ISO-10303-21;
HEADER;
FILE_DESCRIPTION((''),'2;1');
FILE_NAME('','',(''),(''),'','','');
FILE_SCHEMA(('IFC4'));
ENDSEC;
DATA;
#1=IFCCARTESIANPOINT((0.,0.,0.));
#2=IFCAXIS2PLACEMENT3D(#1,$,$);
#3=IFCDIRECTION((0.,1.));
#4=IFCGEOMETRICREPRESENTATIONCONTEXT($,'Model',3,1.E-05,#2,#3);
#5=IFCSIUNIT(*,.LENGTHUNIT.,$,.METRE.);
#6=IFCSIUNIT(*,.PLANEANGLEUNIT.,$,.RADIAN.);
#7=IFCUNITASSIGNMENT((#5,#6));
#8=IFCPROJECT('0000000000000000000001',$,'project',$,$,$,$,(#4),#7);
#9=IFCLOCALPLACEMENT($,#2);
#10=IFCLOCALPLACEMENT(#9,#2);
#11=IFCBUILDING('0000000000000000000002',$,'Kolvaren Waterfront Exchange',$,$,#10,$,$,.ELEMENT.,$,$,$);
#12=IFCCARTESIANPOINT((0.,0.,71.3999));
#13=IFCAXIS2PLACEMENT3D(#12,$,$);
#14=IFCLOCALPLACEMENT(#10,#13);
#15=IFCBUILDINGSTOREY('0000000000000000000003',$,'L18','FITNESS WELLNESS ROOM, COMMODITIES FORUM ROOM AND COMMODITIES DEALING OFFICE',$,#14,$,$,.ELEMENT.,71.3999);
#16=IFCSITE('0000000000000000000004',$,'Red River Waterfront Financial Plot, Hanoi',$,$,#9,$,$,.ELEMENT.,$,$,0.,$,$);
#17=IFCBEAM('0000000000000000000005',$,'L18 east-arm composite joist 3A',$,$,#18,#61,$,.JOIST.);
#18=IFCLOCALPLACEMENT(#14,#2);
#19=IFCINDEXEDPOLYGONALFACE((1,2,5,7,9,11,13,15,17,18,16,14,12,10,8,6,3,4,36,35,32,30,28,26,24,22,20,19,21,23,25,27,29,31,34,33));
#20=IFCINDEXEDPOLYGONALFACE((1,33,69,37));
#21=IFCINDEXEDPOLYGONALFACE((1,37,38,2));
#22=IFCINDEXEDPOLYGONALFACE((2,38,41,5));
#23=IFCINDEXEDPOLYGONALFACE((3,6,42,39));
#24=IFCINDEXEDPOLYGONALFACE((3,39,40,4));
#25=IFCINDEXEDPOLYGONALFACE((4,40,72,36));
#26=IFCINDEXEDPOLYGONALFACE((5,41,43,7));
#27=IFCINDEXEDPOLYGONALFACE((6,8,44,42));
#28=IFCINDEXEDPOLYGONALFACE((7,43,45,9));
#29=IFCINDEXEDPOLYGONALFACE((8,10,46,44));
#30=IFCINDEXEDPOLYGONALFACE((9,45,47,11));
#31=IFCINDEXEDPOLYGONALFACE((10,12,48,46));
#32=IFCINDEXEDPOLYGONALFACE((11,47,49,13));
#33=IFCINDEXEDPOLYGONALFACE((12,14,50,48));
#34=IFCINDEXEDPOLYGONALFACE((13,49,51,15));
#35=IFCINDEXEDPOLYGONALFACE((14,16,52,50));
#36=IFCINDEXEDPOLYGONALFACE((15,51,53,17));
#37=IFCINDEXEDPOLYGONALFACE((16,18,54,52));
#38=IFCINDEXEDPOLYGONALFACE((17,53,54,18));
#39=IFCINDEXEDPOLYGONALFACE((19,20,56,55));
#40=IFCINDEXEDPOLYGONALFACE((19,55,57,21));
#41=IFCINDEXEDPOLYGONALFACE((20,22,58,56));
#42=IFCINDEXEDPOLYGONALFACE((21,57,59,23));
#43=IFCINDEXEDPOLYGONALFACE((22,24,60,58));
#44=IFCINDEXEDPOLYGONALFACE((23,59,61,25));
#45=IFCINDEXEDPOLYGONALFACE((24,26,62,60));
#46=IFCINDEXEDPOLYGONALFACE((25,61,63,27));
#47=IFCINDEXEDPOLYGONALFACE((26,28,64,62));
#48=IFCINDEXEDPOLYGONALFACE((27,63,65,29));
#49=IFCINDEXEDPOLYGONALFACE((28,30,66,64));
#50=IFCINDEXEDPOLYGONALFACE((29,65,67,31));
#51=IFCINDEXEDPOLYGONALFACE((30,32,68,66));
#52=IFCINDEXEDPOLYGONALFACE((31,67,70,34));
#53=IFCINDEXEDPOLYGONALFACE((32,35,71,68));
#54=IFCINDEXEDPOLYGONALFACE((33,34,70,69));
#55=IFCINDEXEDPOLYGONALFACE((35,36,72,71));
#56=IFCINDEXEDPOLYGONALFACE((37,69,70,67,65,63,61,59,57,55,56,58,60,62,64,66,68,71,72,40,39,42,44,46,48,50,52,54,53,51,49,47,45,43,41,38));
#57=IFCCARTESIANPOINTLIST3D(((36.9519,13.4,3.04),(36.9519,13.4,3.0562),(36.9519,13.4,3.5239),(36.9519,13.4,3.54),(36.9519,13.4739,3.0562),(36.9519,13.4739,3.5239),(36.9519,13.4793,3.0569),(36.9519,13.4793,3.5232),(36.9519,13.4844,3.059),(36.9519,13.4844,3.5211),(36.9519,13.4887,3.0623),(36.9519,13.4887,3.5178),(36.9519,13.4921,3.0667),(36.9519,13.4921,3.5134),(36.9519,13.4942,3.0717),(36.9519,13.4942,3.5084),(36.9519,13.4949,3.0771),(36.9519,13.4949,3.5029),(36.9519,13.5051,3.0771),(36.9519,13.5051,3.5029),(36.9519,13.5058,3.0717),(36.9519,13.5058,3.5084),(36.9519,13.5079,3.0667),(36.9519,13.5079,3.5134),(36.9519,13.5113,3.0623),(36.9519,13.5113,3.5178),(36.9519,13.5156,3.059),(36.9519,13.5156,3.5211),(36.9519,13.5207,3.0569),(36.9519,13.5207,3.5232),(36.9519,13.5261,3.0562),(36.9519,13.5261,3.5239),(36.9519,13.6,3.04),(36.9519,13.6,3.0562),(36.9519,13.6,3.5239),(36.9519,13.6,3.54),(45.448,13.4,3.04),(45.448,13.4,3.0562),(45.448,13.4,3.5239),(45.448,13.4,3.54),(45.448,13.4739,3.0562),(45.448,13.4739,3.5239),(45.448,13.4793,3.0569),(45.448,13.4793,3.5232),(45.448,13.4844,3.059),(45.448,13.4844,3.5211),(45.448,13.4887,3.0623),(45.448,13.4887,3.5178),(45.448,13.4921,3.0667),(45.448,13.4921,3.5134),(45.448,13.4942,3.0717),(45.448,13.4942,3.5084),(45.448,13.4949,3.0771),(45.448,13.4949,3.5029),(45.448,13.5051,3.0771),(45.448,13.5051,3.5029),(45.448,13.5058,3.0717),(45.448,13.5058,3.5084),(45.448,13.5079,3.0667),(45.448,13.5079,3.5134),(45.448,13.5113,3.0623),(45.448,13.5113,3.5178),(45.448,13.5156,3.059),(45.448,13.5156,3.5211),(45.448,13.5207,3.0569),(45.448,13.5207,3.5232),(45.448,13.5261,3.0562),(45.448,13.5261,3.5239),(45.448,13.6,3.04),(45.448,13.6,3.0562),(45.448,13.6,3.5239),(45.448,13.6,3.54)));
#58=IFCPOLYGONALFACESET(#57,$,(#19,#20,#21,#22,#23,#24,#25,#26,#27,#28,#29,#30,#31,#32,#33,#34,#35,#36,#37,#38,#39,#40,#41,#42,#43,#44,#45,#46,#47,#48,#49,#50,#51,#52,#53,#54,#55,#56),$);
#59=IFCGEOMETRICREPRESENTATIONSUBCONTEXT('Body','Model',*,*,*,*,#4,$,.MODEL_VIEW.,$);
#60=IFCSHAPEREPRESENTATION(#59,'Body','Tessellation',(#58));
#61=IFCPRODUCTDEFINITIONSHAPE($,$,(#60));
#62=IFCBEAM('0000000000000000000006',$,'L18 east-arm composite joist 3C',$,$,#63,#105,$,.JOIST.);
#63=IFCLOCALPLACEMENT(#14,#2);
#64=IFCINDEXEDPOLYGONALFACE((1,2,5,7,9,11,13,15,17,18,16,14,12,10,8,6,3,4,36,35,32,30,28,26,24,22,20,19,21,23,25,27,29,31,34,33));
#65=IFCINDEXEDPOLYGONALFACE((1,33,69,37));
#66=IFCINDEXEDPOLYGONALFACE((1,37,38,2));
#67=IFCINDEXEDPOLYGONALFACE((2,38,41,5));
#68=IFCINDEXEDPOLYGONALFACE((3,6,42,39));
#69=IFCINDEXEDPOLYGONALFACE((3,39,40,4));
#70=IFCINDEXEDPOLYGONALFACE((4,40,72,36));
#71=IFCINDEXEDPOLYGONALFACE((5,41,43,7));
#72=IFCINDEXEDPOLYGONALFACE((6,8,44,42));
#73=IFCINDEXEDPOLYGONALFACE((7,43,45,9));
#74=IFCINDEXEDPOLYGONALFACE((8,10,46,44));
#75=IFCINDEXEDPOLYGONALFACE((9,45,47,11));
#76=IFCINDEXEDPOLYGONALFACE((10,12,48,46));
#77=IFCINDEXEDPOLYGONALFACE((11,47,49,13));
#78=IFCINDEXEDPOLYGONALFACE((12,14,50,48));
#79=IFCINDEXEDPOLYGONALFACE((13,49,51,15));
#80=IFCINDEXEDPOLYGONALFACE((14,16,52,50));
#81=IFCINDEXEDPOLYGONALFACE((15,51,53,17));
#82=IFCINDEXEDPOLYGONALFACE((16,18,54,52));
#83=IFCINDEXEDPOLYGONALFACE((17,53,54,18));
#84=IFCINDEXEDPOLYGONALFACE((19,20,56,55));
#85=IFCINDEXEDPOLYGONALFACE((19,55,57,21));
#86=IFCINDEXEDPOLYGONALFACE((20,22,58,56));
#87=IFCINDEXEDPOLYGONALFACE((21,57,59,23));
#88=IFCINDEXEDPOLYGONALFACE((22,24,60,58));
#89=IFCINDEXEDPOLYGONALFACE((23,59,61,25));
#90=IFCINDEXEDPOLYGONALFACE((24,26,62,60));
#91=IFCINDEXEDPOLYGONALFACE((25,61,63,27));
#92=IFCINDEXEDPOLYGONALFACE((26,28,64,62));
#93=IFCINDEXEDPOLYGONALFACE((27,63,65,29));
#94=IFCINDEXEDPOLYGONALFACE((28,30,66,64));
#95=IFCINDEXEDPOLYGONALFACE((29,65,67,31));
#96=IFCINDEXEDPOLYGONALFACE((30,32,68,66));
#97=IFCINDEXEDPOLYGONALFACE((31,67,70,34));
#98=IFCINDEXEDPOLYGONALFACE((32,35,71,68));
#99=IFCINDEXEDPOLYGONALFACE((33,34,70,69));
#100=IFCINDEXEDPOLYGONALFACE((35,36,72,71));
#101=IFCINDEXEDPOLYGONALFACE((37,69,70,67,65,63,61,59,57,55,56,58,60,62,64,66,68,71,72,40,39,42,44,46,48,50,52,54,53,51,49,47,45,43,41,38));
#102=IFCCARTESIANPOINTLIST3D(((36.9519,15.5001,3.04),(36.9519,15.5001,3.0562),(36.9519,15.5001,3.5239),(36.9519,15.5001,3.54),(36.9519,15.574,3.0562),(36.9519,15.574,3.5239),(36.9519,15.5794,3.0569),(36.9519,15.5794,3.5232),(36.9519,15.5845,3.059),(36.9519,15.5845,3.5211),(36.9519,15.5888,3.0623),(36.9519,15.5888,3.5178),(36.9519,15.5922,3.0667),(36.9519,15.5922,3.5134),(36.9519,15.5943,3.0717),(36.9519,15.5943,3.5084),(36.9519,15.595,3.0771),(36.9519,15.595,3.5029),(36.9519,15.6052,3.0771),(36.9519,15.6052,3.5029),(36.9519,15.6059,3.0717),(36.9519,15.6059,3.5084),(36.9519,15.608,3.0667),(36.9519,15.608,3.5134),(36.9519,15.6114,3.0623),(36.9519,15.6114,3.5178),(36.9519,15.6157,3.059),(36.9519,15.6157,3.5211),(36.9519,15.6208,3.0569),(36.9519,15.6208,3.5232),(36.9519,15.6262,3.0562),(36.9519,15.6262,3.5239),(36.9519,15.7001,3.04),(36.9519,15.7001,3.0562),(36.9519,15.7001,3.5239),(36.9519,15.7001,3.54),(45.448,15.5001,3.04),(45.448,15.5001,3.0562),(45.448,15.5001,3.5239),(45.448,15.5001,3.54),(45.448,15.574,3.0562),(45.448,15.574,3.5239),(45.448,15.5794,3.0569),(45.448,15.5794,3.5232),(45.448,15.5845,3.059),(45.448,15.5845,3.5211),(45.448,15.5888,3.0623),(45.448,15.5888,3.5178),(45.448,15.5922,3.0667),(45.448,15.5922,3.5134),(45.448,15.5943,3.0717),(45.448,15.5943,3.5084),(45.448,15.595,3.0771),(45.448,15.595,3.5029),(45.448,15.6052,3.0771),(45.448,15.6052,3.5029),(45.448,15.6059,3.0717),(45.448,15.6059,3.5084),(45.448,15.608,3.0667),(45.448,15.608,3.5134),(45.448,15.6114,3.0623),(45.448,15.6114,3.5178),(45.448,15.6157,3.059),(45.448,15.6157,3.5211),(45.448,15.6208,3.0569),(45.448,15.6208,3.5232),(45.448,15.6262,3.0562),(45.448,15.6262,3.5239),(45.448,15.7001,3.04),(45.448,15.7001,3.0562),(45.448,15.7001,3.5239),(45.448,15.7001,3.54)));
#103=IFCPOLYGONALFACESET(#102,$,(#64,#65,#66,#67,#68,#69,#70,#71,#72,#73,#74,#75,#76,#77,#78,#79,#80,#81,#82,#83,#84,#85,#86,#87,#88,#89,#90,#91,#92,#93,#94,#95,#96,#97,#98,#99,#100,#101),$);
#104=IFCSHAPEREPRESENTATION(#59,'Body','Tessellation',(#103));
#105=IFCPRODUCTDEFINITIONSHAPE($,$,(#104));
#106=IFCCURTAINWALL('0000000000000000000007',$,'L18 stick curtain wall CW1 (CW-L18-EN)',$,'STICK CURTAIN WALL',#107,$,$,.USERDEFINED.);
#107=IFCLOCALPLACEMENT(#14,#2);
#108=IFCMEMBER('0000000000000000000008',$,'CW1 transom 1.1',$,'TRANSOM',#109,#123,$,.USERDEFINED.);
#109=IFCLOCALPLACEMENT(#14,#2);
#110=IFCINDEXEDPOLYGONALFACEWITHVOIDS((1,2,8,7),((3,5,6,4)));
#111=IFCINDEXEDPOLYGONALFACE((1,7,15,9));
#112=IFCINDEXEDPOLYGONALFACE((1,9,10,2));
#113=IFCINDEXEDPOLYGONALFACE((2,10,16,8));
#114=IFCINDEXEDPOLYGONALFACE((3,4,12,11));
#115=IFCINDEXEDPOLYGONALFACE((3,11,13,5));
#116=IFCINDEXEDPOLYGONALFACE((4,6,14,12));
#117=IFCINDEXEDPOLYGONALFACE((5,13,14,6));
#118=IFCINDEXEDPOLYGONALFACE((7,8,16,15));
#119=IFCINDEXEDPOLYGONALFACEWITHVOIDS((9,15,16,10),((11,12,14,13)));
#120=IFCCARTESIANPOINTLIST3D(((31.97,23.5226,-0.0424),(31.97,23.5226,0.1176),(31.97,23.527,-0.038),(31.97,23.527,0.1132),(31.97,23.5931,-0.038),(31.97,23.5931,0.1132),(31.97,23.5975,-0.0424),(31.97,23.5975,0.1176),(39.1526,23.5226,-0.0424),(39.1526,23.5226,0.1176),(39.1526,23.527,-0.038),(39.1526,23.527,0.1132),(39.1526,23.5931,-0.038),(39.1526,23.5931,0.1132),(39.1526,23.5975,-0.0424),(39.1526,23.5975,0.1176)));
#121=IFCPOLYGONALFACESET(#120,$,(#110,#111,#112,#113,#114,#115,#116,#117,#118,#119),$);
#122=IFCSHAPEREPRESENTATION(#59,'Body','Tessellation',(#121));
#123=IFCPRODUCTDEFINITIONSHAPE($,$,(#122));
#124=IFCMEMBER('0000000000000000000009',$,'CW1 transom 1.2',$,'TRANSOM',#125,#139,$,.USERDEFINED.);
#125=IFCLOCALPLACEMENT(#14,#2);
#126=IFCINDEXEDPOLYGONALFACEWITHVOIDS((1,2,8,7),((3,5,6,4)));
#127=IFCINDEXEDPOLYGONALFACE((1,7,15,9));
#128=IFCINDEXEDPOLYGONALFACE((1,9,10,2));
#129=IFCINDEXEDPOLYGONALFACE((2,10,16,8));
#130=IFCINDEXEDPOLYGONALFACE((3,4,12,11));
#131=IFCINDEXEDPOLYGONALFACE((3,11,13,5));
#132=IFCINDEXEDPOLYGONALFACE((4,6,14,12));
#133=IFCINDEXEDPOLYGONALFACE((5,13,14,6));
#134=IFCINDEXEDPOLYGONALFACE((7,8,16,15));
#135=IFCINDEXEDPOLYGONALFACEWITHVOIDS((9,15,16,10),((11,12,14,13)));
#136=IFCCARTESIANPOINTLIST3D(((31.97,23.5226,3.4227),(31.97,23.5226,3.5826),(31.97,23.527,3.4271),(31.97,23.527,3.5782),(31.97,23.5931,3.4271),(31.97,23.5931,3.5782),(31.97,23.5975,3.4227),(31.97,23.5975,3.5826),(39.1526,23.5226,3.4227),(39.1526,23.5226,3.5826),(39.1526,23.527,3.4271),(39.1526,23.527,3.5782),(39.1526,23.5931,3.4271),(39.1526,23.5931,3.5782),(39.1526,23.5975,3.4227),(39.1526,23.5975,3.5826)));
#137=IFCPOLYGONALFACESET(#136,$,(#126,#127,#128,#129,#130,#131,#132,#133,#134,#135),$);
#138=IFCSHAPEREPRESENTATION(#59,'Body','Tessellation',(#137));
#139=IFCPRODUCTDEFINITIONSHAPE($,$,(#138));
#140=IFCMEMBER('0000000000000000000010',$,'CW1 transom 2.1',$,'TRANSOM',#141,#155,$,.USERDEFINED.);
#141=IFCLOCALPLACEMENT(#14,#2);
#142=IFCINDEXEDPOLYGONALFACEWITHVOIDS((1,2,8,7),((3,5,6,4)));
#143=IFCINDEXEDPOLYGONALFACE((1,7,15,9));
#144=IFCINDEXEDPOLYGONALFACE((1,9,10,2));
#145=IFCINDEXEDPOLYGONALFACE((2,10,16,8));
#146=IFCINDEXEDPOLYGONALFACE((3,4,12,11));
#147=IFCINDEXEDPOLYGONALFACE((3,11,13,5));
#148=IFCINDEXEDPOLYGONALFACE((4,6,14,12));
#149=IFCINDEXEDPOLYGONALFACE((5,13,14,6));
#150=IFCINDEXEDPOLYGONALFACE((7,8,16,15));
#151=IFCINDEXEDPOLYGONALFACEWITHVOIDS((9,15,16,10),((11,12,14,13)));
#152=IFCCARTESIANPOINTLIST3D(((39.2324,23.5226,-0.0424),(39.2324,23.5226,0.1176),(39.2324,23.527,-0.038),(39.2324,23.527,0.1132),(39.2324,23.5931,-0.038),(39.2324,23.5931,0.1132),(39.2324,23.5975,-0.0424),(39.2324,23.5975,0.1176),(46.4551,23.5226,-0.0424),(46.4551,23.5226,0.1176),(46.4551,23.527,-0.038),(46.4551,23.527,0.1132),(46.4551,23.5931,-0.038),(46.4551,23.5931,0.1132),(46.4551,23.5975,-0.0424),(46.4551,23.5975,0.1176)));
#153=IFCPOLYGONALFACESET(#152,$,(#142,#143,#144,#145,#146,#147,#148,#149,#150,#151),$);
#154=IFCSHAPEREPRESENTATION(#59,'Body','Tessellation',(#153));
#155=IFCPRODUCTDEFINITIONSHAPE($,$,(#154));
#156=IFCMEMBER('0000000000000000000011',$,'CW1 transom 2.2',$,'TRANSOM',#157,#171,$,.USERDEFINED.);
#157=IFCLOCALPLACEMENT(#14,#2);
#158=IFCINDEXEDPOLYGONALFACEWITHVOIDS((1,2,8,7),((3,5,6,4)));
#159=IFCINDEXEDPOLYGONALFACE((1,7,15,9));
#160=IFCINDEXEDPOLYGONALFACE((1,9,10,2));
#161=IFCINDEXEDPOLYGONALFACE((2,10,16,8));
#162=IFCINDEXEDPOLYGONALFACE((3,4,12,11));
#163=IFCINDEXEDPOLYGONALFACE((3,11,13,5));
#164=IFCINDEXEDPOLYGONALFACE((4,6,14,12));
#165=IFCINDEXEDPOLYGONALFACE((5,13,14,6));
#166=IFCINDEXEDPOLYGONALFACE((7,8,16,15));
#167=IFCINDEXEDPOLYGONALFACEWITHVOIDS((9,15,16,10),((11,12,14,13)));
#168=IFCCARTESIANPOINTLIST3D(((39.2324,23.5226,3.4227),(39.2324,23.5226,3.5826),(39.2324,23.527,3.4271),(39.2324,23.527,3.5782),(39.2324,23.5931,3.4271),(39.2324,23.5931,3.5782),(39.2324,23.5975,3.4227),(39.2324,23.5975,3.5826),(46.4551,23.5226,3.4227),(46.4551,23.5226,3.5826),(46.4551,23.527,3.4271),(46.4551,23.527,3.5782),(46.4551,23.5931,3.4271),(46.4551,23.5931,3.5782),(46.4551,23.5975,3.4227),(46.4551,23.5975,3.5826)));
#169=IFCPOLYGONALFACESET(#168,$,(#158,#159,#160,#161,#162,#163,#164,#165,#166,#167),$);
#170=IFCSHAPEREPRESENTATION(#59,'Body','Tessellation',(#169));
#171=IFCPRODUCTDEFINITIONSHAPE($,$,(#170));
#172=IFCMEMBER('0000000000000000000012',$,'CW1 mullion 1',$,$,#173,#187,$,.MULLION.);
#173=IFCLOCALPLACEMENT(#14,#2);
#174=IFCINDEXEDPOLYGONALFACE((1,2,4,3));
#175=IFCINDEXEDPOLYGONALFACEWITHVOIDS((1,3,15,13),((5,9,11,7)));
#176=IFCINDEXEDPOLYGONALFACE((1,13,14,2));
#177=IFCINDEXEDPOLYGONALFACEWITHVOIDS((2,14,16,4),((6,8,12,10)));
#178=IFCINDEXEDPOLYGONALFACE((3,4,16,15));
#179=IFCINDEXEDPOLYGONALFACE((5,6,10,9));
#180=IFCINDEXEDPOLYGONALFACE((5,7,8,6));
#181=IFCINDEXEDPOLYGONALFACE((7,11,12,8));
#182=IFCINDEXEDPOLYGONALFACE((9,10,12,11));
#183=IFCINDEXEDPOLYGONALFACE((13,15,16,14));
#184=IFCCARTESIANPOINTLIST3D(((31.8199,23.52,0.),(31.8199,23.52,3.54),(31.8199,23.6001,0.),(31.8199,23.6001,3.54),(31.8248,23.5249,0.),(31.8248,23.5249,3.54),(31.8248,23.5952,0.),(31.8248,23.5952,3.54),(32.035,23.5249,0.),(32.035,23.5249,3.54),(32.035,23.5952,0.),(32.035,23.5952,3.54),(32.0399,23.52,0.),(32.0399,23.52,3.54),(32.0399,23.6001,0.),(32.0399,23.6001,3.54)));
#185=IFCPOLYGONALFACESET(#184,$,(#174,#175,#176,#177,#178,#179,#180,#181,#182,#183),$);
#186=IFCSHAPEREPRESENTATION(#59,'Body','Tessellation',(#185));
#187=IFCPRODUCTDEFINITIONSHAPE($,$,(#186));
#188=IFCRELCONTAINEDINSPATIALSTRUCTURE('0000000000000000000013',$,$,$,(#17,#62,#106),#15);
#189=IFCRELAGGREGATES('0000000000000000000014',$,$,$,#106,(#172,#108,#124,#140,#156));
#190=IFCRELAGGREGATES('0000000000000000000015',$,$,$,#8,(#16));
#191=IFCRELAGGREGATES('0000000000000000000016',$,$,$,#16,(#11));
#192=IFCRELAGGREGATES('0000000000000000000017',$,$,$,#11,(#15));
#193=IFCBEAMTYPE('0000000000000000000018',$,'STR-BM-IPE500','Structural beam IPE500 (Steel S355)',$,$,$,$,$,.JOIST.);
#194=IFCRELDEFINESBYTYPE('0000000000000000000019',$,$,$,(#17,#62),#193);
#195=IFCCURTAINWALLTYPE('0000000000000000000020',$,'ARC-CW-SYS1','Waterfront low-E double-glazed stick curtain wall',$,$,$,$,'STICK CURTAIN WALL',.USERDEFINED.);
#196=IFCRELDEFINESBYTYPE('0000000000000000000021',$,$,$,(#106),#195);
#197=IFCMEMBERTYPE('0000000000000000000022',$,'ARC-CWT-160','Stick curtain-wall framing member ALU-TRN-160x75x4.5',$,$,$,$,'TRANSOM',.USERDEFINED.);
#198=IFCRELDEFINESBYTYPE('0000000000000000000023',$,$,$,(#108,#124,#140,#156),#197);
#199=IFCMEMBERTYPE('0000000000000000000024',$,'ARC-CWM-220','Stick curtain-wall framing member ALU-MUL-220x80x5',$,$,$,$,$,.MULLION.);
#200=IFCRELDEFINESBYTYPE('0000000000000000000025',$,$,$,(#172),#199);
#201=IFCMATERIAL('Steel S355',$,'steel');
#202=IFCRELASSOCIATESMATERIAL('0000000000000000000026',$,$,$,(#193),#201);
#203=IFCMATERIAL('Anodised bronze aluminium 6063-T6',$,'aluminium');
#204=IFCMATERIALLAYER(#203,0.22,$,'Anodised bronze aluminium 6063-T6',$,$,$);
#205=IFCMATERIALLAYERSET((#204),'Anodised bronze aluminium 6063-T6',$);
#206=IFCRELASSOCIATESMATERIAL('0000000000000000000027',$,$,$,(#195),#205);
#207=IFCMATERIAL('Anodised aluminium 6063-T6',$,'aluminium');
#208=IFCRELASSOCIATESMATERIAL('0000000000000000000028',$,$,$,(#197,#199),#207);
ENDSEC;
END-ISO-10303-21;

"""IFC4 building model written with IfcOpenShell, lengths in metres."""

from ifc_helpers import new_model, si_unit, direction, frame, origin, origin_with_axes, origin_2d, place, context, subcontext, project, spatial, hollow_rectangle, i_section, extrude, source, transform, mapped, material, layer, layer_set, material_profile, profile_set, type_object, element, aggregate, save


model = new_model("IFC4")

# Units and contexts
model_context = context("Model", 3, precision=1e-05, world=origin(), true_north=direction((0.0, 1.0)))
body_context = subcontext(model_context, "Body", "Model", "MODEL_VIEW")
ifc_project = project(units=[si_unit("LENGTHUNIT", "METRE"), si_unit("PLANEANGLEUNIT", "RADIAN")], contexts=[model_context])

# Site, building, storey
site_placement = place(None, origin())
site = spatial("IfcSite", under=ifc_project, at=site_placement, Name="Red River Waterfront Financial Plot, Hanoi", CompositionType="ELEMENT", RefElevation=0.0)
building_placement = place(site_placement, origin())
building = spatial("IfcBuilding", under=site, at=building_placement, Name="Kolvaren Waterfront Exchange", CompositionType="ELEMENT")
storey_placement = place(building_placement, frame((0.0, 0.0, 71.3999)))
storey = spatial("IfcBuildingStorey", under=building, at=storey_placement, Name="L18", Description="FITNESS WELLNESS ROOM, COMMODITIES FORUM ROOM AND COMMODITIES DEALING OFFICE", CompositionType="ELEMENT", Elevation=71.3999)

# Beams
ifc_material_1 = material(Name="Steel S355", Category="steel")
ifc_material_profile_1 = material_profile(ifc_material_1, i_section(OverallWidth=0.2, OverallDepth=0.5, WebThickness=0.0103, FlangeThickness=0.0161, FilletRadius=0.021, at=origin_2d()), Name="IPE500")
ifc_profile_set_1 = profile_set([ifc_material_profile_1], Name="Steel S355")
beam_type_1 = type_object("IfcBeamType", Name="STR-BM-IPE500", Description="Structural beam IPE500 (Steel S355)", PredefinedType="JOIST", material=ifc_profile_set_1)
for number, where, z_axis, x_axis, name in (
    (1, (36.9519, 13.5, 3.29), (1.0, 0.0, 0.0), (0.0, 1.0, 0.0), "L18 east-arm composite joist 3A"),
    (2, (36.9519, 15.6001, 3.29), (1.0, 0.0, 0.0), (0.0, 1.0, 0.0), "L18 east-arm composite joist 3C"),
):
    element("IfcBeam", number, at=place(storey_placement, frame(where, z_axis=z_axis, x_axis=x_axis)), inside=storey, type_object=beam_type_1, Name=name, PredefinedType="JOIST", context=body_context, shape_type="SweptSolid", body=[
        extrude(i_section(OverallWidth=0.2, OverallDepth=0.5, WebThickness=0.0103, FlangeThickness=0.0161, FilletRadius=0.021, at=origin_2d()), origin(), (0.0, 0.0, 1.0), 8.4961),
    ])

# Curtain wall, members
ifc_material_2 = material(Name="Anodised bronze aluminium 6063-T6", Category="aluminium")
ifc_layer_1 = layer(ifc_material_2, 0.22, Name="Anodised bronze aluminium 6063-T6")
ifc_layer_set_1 = layer_set([ifc_layer_1], Name="Anodised bronze aluminium 6063-T6")
curtain_wall_type = type_object("IfcCurtainWallType", Name="ARC-CW-SYS1", Description="Waterfront low-E double-glazed stick curtain wall", ElementType="STICK CURTAIN WALL", PredefinedType="USERDEFINED", material=ifc_layer_set_1)
curtain_wall_placement = place(storey_placement, origin())
curtain_wall = element("IfcCurtainWall", 3, at=curtain_wall_placement, inside=storey, type_object=curtain_wall_type, Name="L18 stick curtain wall CW1 (CW-L18-EN)", ObjectType="STICK CURTAIN WALL", PredefinedType="USERDEFINED")
ifc_material_3 = material(Name="Anodised aluminium 6063-T6", Category="aluminium")
ifc_material_profile_2 = material_profile(ifc_material_3, hollow_rectangle(XDim=0.075, YDim=0.1599, WallThickness=0.0044, at=origin_2d()), Name="ALU-TRN-160x75x4.5")
ifc_profile_set_2 = profile_set([ifc_material_profile_2], Name="Anodised aluminium 6063-T6")
member_type_1 = type_object("IfcMemberType", Name="ARC-CWT-160", Description="Stick curtain-wall framing member ALU-TRN-160x75x4.5", ElementType="TRANSOM", PredefinedType="USERDEFINED", material=ifc_profile_set_2)
shared_shape_1 = source(origin_with_axes(), body_context, "Body", "SweptSolid", [
    extrude(hollow_rectangle(XDim=0.075, YDim=0.1599, WallThickness=0.0044, at=origin_2d()), origin(), (0.0, 0.0, 1.0), 7.1826),
])
member_1_placement = place(storey_placement, frame((31.97, 23.5601, 0.0376), z_axis=(1.0, 0.0, 0.0), x_axis=(0.0, 1.0, 0.0)))
member_1 = element("IfcMember", 4, at=member_1_placement, type_object=member_type_1, Name="CW1 transom 1.1", ObjectType="TRANSOM", PredefinedType="USERDEFINED", context=body_context, shape_type="MappedRepresentation", body=[
    mapped(shared_shape_1, transform((0.0, 0.0, 0.0), x_axis=(1.0, 0.0, 0.0), y_axis=(0.0, 1.0, 0.0), z_axis=(0.0, 0.0, 1.0), scale=1.0)),
])
member_2_placement = place(storey_placement, frame((31.97, 23.5601, 3.5027), z_axis=(1.0, 0.0, 0.0), x_axis=(0.0, 1.0, 0.0)))
member_2 = element("IfcMember", 5, at=member_2_placement, type_object=member_type_1, Name="CW1 transom 1.2", ObjectType="TRANSOM", PredefinedType="USERDEFINED", context=body_context, shape_type="MappedRepresentation", body=[
    mapped(shared_shape_1, transform((0.0, 0.0, 0.0), x_axis=(1.0, 0.0, 0.0), y_axis=(0.0, 1.0, 0.0), z_axis=(0.0, 0.0, 1.0), scale=1.0)),
])
shared_shape_2 = source(origin_with_axes(), body_context, "Body", "SweptSolid", [
    extrude(hollow_rectangle(XDim=0.075, YDim=0.1599, WallThickness=0.0044, at=origin_2d()), origin(), (0.0, 0.0, 1.0), 7.2227),
])
member_3_placement = place(storey_placement, frame((39.2324, 23.5601, 0.0376), z_axis=(1.0, 0.0, 0.0), x_axis=(0.0, 1.0, 0.0)))
member_3 = element("IfcMember", 6, at=member_3_placement, type_object=member_type_1, Name="CW1 transom 2.1", ObjectType="TRANSOM", PredefinedType="USERDEFINED", context=body_context, shape_type="MappedRepresentation", body=[
    mapped(shared_shape_2, transform((0.0, 0.0, 0.0), x_axis=(1.0, 0.0, 0.0), y_axis=(0.0, 1.0, 0.0), z_axis=(0.0, 0.0, 1.0), scale=1.0)),
])
member_4_placement = place(storey_placement, frame((39.2324, 23.5601, 3.5027), z_axis=(1.0, 0.0, 0.0), x_axis=(0.0, 1.0, 0.0)))
member_4 = element("IfcMember", 7, at=member_4_placement, type_object=member_type_1, Name="CW1 transom 2.2", ObjectType="TRANSOM", PredefinedType="USERDEFINED", context=body_context, shape_type="MappedRepresentation", body=[
    mapped(shared_shape_2, transform((0.0, 0.0, 0.0), x_axis=(1.0, 0.0, 0.0), y_axis=(0.0, 1.0, 0.0), z_axis=(0.0, 0.0, 1.0), scale=1.0)),
])
ifc_material_profile_3 = material_profile(ifc_material_3, hollow_rectangle(XDim=0.0801, YDim=0.22, WallThickness=0.0049, at=origin_2d()), Name="ALU-MUL-220x80x5")
ifc_profile_set_3 = profile_set([ifc_material_profile_3], Name="Anodised aluminium 6063-T6")
member_type_2 = type_object("IfcMemberType", Name="ARC-CWM-220", Description="Stick curtain-wall framing member ALU-MUL-220x80x5", PredefinedType="MULLION", material=ifc_profile_set_3)
shared_shape_3 = source(origin_with_axes(), body_context, "Body", "SweptSolid", [
    extrude(hollow_rectangle(XDim=0.0801, YDim=0.22, WallThickness=0.0049, at=origin_2d()), origin(), (0.0, 0.0, 1.0), 3.54),
])
member_5_placement = place(storey_placement, frame((31.9299, 23.5601, 0.0), z_axis=(0.0, 0.0, 1.0), x_axis=(0.0, 1.0, 0.0)))
member_5 = element("IfcMember", 8, at=member_5_placement, type_object=member_type_2, Name="CW1 mullion 1", PredefinedType="MULLION", context=body_context, shape_type="MappedRepresentation", body=[
    mapped(shared_shape_3, transform((0.0, 0.0, 0.0), x_axis=(1.0, 0.0, 0.0), y_axis=(0.0, 1.0, 0.0), z_axis=(0.0, 0.0, 1.0), scale=1.0)),
])
aggregate(curtain_wall, [member_5, member_1, member_2, member_3, member_4])

save(model, "model.ifc")
